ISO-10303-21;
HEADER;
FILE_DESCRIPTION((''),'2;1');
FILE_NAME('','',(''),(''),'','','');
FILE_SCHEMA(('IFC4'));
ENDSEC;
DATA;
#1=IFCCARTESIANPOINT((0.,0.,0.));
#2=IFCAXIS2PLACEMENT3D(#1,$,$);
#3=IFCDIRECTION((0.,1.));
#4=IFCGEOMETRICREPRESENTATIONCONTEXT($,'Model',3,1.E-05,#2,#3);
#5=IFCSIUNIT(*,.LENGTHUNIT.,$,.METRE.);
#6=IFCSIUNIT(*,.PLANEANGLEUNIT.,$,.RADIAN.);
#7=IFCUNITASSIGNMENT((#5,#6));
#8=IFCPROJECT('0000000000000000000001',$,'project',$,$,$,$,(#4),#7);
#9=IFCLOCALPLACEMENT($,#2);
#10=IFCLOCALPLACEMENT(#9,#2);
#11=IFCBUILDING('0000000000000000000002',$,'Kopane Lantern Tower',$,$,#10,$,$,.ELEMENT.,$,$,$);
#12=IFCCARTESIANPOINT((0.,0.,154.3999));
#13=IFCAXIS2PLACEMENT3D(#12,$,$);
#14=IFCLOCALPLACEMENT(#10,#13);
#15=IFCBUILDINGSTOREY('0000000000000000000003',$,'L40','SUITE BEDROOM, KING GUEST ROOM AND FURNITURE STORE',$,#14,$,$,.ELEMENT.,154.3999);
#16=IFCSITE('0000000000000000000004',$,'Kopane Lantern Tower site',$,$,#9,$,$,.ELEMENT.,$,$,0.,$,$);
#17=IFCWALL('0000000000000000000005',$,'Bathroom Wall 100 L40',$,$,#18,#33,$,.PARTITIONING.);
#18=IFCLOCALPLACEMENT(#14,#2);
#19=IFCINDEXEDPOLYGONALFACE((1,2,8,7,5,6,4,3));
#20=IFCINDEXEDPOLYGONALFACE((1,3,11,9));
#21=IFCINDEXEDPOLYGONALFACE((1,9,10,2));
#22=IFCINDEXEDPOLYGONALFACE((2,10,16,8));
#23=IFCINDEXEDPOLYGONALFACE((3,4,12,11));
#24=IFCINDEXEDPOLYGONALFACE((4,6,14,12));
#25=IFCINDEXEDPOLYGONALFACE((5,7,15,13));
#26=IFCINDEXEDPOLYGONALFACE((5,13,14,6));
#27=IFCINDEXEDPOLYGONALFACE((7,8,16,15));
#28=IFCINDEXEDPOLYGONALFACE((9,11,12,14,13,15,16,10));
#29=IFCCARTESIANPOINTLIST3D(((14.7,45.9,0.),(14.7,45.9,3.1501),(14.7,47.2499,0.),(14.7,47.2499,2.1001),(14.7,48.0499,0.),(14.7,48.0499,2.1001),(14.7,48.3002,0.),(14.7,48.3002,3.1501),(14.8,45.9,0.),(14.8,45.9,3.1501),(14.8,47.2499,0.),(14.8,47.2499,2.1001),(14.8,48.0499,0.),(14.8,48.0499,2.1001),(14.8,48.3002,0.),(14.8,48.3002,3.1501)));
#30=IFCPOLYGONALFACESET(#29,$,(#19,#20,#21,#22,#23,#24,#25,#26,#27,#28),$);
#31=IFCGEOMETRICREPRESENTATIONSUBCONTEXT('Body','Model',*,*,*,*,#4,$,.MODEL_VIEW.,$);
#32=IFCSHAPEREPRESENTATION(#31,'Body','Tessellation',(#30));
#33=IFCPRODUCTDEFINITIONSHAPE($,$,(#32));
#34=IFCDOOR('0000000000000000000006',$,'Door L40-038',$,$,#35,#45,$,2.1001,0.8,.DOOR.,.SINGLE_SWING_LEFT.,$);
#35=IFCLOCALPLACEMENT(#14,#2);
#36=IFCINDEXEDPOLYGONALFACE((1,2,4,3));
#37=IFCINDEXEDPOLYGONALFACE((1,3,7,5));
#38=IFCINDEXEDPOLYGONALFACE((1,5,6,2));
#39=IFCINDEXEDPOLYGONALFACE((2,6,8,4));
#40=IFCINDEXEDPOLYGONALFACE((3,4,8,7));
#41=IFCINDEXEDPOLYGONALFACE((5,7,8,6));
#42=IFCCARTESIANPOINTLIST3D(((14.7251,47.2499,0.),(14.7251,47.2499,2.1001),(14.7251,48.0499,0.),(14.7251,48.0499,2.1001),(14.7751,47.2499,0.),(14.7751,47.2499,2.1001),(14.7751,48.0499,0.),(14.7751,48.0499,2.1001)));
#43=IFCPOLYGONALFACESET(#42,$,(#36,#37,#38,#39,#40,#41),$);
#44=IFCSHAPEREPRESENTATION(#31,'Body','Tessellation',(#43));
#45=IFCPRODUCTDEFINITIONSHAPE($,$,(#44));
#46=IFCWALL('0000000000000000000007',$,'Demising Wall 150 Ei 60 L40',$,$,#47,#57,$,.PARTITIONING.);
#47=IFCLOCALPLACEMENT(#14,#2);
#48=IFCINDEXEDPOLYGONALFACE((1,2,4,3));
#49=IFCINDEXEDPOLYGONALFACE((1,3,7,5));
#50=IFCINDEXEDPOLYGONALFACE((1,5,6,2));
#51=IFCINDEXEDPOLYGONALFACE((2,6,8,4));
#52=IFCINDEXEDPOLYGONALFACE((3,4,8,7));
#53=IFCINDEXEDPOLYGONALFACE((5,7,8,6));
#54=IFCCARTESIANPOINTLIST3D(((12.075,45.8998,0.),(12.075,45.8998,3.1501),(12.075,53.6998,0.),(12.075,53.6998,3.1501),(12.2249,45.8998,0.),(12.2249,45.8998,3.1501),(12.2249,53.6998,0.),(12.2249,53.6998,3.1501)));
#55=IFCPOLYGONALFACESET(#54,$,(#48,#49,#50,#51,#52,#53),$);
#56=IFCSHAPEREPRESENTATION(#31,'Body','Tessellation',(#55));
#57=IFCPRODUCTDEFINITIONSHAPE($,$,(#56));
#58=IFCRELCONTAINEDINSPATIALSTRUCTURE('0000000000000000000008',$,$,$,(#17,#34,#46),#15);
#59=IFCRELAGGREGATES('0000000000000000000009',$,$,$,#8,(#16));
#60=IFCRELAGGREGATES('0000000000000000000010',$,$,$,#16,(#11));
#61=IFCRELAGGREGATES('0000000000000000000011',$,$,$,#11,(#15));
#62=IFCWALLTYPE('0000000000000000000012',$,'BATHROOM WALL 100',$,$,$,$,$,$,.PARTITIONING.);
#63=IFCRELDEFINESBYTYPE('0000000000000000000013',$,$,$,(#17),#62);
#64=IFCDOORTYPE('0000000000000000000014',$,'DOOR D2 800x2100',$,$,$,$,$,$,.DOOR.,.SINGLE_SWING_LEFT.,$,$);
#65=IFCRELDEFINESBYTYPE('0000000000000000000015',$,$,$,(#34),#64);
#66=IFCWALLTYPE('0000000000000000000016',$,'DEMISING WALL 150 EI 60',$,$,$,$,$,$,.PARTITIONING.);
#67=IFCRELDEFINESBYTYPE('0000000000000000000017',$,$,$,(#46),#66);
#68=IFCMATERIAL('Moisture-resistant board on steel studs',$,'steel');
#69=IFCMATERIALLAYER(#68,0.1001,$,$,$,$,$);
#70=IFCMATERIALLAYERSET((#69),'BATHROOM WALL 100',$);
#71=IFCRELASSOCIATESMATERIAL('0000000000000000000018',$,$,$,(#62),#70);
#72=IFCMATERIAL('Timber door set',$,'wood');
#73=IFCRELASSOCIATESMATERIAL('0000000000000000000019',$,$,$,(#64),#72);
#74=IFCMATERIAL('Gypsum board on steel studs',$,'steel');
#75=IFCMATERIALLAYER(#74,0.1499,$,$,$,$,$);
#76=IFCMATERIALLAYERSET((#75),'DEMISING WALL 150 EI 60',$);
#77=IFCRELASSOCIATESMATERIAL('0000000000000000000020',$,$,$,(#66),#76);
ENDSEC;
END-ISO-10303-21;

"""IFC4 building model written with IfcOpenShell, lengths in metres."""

from ifc_helpers import new_model, si_unit, direction, frame, frame_2d, origin, place, context, subcontext, project, spatial, rectangle, extrude, material, layer, layer_set, type_object, element, fill, save


model = new_model("IFC4")

# Units and contexts
model_context = context("Model", 3, precision=1e-05, world=origin(), true_north=direction((0.0, 1.0)))
body_context = subcontext(model_context, "Body", "Model", "MODEL_VIEW")
ifc_project = project(units=[si_unit("LENGTHUNIT", "METRE"), si_unit("PLANEANGLEUNIT", "RADIAN")], contexts=[model_context])

# Site, building, storey
site_placement = place(None, origin())
site = spatial("IfcSite", under=ifc_project, at=site_placement, Name="Kopane Lantern Tower site", CompositionType="ELEMENT", RefElevation=0.0)
building_placement = place(site_placement, origin())
building = spatial("IfcBuilding", under=site, at=building_placement, Name="Kopane Lantern Tower", CompositionType="ELEMENT")
storey_placement = place(building_placement, frame((0.0, 0.0, 154.3999)))
storey = spatial("IfcBuildingStorey", under=building, at=storey_placement, Name="L40", Description="SUITE BEDROOM, KING GUEST ROOM AND FURNITURE STORE", CompositionType="ELEMENT", Elevation=154.3999)

# Shared definitions
ifc_material_1 = material(Name="Moisture-resistant board on steel studs", Category="steel")
ifc_layer_1 = layer(ifc_material_1, 0.1001)
ifc_layer_set_1 = layer_set([ifc_layer_1], Name="BATHROOM WALL 100")
wall_type_1 = type_object("IfcWallType", Name="BATHROOM WALL 100", PredefinedType="PARTITIONING", material=ifc_layer_set_1)

# Wall, opening, door
wall_1_placement = place(storey_placement, frame((14.75, 45.8999, 0.0), z_axis=(0.0, 0.0, 1.0), x_axis=(0.0, 1.0, 0.0)))
wall_1 = element("IfcWall", 1, at=wall_1_placement, inside=storey, type_object=wall_type_1, Name="Bathroom Wall 100 L40", PredefinedType="PARTITIONING", context=body_context, shape_type="SweptSolid", body=[
    extrude(rectangle(XDim=2.4001, YDim=0.1001, at=frame_2d((1.2002, 0.0))), origin(), (0.0, 0.0, 1.0), 3.1501),
])
opening_1_placement = place(wall_1_placement, frame((1.3501, 0.0, 0.0)))
opening_1 = element("IfcOpeningElement", 2, at=opening_1_placement, cuts=wall_1, PredefinedType="OPENING", context=body_context, shape_type="SweptSolid", body=[
    extrude(rectangle(XDim=0.8, YDim=2.1001, at=frame_2d((0.3999, 1.05))), frame((0.0, 0.0601, 0.0), z_axis=(0.0, -1.0, 0.0), x_axis=(1.0, 0.0, 0.0)), (0.0, 0.0, 1.0), 0.1201),
])
ifc_material_2 = material(Name="Timber door set", Category="wood")
door_type_1 = type_object("IfcDoorType", Name="DOOR D2 800x2100", OperationType="SINGLE_SWING_LEFT", PredefinedType="DOOR", material=ifc_material_2)
door_1_placement = place(opening_1_placement, origin())
door_1 = element("IfcDoor", 3, at=door_1_placement, inside=storey, type_object=door_type_1, Name="Door L40-038", OperationType="SINGLE_SWING_LEFT", OverallHeight=2.1001, OverallWidth=0.8, PredefinedType="DOOR", context=body_context, shape_type="SweptSolid", body=[
    extrude(rectangle(XDim=0.8, YDim=2.1001, at=frame_2d((0.3999, 1.05))), frame((0.0, 0.0249, 0.0), z_axis=(0.0, -1.0, 0.0), x_axis=(1.0, 0.0, 0.0)), (0.0, 0.0, 1.0), 0.05),
])
fill(opening_1, door_1)

# Wall
ifc_material_3 = material(Name="Gypsum board on steel studs", Category="steel")
ifc_layer_2 = layer(ifc_material_3, 0.1499)
ifc_layer_set_2 = layer_set([ifc_layer_2], Name="DEMISING WALL 150 EI 60")
wall_type_2 = type_object("IfcWallType", Name="DEMISING WALL 150 EI 60", PredefinedType="PARTITIONING", material=ifc_layer_set_2)
wall_2_placement = place(storey_placement, frame((12.1499, 45.8999, 0.0), z_axis=(0.0, 0.0, 1.0), x_axis=(0.0, 1.0, 0.0)))
element("IfcWall", 4, at=wall_2_placement, inside=storey, type_object=wall_type_2, Name="Demising Wall 150 Ei 60 L40", PredefinedType="PARTITIONING", context=body_context, shape_type="SweptSolid", body=[
    extrude(rectangle(XDim=7.8, YDim=0.1499, at=frame_2d((3.8999, 0.0))), origin(), (0.0, 0.0, 1.0), 3.1501),
])

save(model, "model.ifc")
